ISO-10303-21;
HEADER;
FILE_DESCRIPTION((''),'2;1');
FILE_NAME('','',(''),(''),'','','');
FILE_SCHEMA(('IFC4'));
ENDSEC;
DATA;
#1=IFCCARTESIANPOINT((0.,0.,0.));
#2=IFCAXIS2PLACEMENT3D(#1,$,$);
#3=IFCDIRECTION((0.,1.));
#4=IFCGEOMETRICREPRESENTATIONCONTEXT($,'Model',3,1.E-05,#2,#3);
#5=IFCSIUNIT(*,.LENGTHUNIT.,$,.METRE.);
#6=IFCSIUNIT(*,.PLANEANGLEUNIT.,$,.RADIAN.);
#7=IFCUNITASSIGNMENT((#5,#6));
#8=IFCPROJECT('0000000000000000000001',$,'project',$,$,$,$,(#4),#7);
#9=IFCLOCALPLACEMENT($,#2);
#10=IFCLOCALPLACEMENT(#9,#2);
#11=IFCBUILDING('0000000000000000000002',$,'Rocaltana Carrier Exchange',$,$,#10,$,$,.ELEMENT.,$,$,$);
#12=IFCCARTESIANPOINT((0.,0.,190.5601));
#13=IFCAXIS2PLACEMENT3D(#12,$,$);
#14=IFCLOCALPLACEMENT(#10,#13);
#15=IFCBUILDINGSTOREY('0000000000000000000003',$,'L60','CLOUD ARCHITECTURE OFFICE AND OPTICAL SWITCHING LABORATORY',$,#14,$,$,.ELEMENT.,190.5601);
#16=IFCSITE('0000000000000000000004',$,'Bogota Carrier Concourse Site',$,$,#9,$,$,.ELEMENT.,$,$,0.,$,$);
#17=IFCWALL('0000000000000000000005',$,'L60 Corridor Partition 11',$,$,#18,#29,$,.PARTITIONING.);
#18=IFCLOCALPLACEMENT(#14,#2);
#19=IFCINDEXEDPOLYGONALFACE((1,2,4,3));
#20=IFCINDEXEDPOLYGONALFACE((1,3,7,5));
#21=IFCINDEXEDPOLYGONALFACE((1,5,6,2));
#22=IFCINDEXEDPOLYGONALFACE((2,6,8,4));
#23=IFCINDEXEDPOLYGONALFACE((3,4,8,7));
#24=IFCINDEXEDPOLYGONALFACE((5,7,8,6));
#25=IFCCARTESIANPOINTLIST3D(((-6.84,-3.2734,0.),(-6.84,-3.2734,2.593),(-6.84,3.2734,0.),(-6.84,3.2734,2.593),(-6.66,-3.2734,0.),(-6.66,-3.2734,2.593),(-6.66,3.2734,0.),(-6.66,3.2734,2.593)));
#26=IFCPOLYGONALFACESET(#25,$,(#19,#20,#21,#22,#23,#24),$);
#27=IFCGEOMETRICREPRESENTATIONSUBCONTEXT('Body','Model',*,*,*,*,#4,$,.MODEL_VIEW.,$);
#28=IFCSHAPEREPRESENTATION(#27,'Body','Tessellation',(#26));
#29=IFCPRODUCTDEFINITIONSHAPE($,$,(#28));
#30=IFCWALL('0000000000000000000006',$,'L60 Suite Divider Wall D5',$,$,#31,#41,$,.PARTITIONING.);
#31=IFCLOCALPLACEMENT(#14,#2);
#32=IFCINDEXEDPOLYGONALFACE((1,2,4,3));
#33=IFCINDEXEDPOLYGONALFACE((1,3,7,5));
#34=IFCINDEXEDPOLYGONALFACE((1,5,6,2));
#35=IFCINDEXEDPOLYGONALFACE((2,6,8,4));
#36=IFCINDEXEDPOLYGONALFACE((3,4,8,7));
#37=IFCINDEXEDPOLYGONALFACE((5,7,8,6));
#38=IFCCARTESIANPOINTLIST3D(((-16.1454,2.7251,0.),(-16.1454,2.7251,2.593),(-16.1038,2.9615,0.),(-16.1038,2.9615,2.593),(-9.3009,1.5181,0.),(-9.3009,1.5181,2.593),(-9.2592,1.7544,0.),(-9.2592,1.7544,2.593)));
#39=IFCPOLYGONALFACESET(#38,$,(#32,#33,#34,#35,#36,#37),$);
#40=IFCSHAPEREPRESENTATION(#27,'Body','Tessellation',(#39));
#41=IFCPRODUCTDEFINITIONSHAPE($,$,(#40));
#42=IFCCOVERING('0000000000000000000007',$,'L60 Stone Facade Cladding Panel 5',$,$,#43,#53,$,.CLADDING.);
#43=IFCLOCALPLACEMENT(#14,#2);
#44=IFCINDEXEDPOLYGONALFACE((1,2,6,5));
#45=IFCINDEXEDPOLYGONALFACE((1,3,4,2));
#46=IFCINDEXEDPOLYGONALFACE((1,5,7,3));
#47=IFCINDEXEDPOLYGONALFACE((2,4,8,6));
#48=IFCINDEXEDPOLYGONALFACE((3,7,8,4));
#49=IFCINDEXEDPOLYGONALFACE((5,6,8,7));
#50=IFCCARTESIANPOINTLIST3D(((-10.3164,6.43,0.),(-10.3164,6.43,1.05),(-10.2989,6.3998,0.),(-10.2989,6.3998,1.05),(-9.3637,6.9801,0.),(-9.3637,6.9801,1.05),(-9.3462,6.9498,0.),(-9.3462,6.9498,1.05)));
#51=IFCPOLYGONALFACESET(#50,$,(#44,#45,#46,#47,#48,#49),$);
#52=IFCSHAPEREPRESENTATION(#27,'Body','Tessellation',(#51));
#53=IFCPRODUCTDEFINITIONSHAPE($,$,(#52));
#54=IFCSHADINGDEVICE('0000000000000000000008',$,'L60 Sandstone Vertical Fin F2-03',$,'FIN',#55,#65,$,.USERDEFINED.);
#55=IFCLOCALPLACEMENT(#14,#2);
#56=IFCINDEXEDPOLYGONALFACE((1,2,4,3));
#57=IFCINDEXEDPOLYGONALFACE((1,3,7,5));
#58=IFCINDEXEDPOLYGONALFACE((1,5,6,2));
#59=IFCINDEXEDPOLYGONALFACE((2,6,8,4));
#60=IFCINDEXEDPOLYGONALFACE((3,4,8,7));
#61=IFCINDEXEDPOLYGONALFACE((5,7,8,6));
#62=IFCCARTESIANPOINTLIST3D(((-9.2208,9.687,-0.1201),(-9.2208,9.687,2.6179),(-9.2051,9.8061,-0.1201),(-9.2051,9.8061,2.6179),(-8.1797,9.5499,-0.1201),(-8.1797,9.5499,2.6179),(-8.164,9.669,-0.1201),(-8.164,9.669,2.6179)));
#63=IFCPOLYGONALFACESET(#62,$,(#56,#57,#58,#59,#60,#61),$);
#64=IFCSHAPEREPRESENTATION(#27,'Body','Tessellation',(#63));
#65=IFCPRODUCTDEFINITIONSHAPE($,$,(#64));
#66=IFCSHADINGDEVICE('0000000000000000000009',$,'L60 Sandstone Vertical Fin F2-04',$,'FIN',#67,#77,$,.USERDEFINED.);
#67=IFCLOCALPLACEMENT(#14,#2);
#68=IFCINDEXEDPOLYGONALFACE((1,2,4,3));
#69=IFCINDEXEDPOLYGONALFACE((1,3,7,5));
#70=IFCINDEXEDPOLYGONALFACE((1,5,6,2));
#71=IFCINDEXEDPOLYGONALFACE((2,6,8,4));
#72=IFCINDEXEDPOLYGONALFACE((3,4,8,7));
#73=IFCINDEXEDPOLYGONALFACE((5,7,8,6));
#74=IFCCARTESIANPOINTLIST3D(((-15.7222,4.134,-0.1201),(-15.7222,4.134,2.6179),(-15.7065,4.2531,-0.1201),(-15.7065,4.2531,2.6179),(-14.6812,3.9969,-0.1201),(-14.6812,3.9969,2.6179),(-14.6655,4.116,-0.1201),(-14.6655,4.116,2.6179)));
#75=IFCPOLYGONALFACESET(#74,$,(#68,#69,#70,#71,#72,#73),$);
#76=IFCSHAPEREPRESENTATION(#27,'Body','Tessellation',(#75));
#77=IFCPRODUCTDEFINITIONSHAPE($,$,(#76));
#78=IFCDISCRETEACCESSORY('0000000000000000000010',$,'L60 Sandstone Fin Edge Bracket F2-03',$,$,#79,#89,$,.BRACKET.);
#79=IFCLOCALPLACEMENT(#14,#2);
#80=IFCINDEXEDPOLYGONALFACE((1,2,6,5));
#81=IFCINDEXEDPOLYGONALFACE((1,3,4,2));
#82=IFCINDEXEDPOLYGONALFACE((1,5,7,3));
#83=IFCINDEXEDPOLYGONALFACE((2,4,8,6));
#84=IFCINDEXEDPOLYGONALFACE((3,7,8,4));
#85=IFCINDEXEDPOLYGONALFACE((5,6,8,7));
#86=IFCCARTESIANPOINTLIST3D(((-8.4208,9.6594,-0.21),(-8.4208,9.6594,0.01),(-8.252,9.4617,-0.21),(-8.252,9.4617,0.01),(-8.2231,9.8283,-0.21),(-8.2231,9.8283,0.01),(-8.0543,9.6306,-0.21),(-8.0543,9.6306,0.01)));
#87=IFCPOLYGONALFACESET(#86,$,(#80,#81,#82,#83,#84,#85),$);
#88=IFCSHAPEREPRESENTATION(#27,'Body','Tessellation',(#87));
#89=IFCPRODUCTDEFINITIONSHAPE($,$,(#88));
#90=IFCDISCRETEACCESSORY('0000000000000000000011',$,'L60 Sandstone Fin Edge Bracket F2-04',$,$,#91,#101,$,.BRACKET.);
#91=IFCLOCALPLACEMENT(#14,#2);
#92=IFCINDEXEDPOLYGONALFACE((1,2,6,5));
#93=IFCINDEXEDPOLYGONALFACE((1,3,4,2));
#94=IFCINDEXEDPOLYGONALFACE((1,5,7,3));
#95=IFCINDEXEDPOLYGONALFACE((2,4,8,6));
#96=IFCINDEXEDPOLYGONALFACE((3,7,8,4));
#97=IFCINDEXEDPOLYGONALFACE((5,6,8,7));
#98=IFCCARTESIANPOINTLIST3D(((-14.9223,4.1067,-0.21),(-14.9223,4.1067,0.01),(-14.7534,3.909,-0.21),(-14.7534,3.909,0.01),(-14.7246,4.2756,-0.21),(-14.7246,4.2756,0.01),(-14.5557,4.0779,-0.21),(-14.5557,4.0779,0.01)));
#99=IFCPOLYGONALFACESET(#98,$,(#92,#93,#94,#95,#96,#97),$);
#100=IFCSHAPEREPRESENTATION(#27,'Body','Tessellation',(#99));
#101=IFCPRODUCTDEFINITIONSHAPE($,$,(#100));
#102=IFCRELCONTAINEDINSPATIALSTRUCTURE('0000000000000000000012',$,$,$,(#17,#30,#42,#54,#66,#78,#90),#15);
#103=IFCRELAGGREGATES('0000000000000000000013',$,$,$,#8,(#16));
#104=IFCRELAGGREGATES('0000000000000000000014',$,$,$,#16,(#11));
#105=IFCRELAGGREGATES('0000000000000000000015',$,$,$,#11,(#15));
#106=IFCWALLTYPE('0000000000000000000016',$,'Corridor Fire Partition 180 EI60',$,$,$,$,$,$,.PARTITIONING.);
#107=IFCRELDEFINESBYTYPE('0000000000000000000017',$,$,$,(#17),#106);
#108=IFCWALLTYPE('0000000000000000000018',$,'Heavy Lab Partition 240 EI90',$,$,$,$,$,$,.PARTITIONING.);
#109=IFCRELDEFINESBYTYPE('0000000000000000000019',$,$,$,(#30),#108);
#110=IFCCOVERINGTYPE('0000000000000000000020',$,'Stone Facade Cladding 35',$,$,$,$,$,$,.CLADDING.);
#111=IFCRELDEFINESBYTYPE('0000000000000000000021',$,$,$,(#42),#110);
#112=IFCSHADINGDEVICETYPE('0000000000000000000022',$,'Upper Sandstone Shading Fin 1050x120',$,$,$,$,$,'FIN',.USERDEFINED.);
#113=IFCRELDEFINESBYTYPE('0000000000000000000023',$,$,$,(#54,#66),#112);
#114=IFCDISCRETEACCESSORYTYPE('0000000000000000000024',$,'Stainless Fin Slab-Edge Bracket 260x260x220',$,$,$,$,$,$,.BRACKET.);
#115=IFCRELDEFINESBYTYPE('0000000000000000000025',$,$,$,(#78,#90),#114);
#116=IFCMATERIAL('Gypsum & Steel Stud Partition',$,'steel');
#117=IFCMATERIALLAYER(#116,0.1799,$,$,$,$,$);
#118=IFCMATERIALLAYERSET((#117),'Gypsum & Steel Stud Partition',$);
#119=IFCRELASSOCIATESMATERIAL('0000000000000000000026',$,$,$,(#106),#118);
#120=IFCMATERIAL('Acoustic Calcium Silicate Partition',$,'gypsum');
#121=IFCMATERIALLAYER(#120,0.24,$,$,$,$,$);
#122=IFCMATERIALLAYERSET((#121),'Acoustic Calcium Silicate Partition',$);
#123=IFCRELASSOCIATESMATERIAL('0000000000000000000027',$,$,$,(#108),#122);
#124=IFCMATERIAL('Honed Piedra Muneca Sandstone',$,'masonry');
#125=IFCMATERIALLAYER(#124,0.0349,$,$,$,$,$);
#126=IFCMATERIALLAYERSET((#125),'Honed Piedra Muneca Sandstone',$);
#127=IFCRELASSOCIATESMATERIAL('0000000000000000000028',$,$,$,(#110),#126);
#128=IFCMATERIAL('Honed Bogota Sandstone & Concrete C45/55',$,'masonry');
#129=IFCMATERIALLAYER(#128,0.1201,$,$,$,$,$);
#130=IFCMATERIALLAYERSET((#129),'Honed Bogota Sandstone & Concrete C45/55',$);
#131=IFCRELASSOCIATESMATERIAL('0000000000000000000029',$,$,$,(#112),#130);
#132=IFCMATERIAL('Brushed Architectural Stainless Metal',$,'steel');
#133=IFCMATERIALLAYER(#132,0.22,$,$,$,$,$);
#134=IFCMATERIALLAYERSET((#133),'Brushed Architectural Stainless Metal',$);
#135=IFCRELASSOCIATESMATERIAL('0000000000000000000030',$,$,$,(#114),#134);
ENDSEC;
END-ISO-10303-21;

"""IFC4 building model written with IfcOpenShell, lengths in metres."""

from ifc_helpers import new_model, si_unit, direction, frame, frame_2d, origin, origin_2d, place, context, subcontext, project, spatial, rectangle, extrude, material, layer, layer_set, type_object, element, save


model = new_model("IFC4")

# Units and contexts
model_context = context("Model", 3, precision=1e-05, world=origin(), true_north=direction((0.0, 1.0)))
body_context = subcontext(model_context, "Body", "Model", "MODEL_VIEW")
ifc_project = project(units=[si_unit("LENGTHUNIT", "METRE"), si_unit("PLANEANGLEUNIT", "RADIAN")], contexts=[model_context])

# Site, building, storey
site_placement = place(None, origin())
site = spatial("IfcSite", under=ifc_project, at=site_placement, Name="Bogota Carrier Concourse Site", CompositionType="ELEMENT", RefElevation=0.0)
building_placement = place(site_placement, origin())
building = spatial("IfcBuilding", under=site, at=building_placement, Name="Rocaltana Carrier Exchange", CompositionType="ELEMENT")
storey_placement = place(building_placement, frame((0.0, 0.0, 190.5601)))
storey = spatial("IfcBuildingStorey", under=building, at=storey_placement, Name="L60", Description="CLOUD ARCHITECTURE OFFICE AND OPTICAL SWITCHING LABORATORY", CompositionType="ELEMENT", Elevation=190.5601)

# Shared definitions
ifc_material_1 = material(Name="Gypsum & Steel Stud Partition", Category="steel")
ifc_layer_1 = layer(ifc_material_1, 0.1799)
ifc_layer_set_1 = layer_set([ifc_layer_1], Name="Gypsum & Steel Stud Partition")
wall_type_1 = type_object("IfcWallType", Name="Corridor Fire Partition 180 EI60", PredefinedType="PARTITIONING", material=ifc_layer_set_1)

# Walls
wall_1_placement = place(storey_placement, frame((-6.75, 3.2734, 0.0), z_axis=(0.0, 0.0, 1.0), x_axis=(0.0, -1.0, 0.0)))
element("IfcWall", 1, at=wall_1_placement, inside=storey, type_object=wall_type_1, Name="L60 Corridor Partition 11", PredefinedType="PARTITIONING", context=body_context, shape_type="SweptSolid", body=[
    extrude(rectangle(XDim=6.5469, YDim=0.1799, at=frame_2d((3.2734, 0.0))), origin(), (0.0, 0.0, 1.0), 2.593),
])
ifc_material_2 = material(Name="Acoustic Calcium Silicate Partition", Category="gypsum")
ifc_layer_2 = layer(ifc_material_2, 0.24)
ifc_layer_set_2 = layer_set([ifc_layer_2], Name="Acoustic Calcium Silicate Partition")
wall_type_2 = type_object("IfcWallType", Name="Heavy Lab Partition 240 EI90", PredefinedType="PARTITIONING", material=ifc_layer_set_2)
wall_2_placement = place(storey_placement, frame((-9.28, 1.6362, 0.0), z_axis=(0.0, 0.0, 1.0), x_axis=(-0.984804, 0.173671, 0.0)))
element("IfcWall", 2, at=wall_2_placement, inside=storey, type_object=wall_type_2, Name="L60 Suite Divider Wall D5", PredefinedType="PARTITIONING", context=body_context, shape_type="SweptSolid", body=[
    extrude(rectangle(XDim=6.9502, YDim=0.24, at=frame_2d((3.4751, 0.0))), origin(), (0.0, 0.0, 1.0), 2.593),
])

# Covering
ifc_material_3 = material(Name="Honed Piedra Muneca Sandstone", Category="masonry")
ifc_layer_3 = layer(ifc_material_3, 0.0349)
ifc_layer_set_3 = layer_set([ifc_layer_3], Name="Honed Piedra Muneca Sandstone")
covering_type = type_object("IfcCoveringType", Name="Stone Facade Cladding 35", PredefinedType="CLADDING", material=ifc_layer_set_3)
covering_placement = place(storey_placement, frame((-9.8313, 6.6899, 0.0), z_axis=(0.0, 0.0, 1.0), x_axis=(0.866025, 0.5, 0.0)))
element("IfcCovering", 3, at=covering_placement, inside=storey, type_object=covering_type, Name="L60 Stone Facade Cladding Panel 5", PredefinedType="CLADDING", context=body_context, shape_type="SweptSolid", body=[
    extrude(rectangle(XDim=1.1001, YDim=0.0349, at=origin_2d()), origin(), (0.0, 0.0, 1.0), 1.05),
])

# Shading devices
ifc_material_4 = material(Name="Honed Bogota Sandstone & Concrete C45/55", Category="masonry")
ifc_layer_4 = layer(ifc_material_4, 0.1201)
ifc_layer_set_4 = layer_set([ifc_layer_4], Name="Honed Bogota Sandstone & Concrete C45/55")
shading_device_type = type_object("IfcShadingDeviceType", Name="Upper Sandstone Shading Fin 1050x120", ElementType="FIN", PredefinedType="USERDEFINED", material=ifc_layer_set_4)
for number, where, z_axis, x_axis, name in (
    (4, (-8.6924, 9.678, -0.1201), (0.0, 0.0, 1.0), (-0.991445, 0.130526, 0.0), "L60 Sandstone Vertical Fin F2-03"),
    (5, (-15.1938, 4.125, -0.1201), (0.0, 0.0, 1.0), (-0.991445, 0.130526, 0.0), "L60 Sandstone Vertical Fin F2-04"),
):
    element("IfcShadingDevice", number, at=place(storey_placement, frame(where, z_axis=z_axis, x_axis=x_axis)), inside=storey, type_object=shading_device_type, Name=name, ObjectType="FIN", PredefinedType="USERDEFINED", context=body_context, shape_type="SweptSolid", body=[
        extrude(rectangle(XDim=1.05, YDim=0.1201, at=origin_2d()), origin(), (0.0, 0.0, 1.0), 2.738),
    ])

# Discrete accessories
ifc_material_5 = material(Name="Brushed Architectural Stainless Metal", Category="steel")
ifc_layer_5 = layer(ifc_material_5, 0.22)
ifc_layer_set_5 = layer_set([ifc_layer_5], Name="Brushed Architectural Stainless Metal")
discrete_accessory_type = type_object("IfcDiscreteAccessoryType", Name="Stainless Fin Slab-Edge Bracket 260x260x220", PredefinedType="BRACKET", material=ifc_layer_set_5)
for number, where, z_axis, x_axis, name in (
    (6, (-8.2375, 9.645, -0.21), (0.0, 0.0, 1.0), (-0.760406, -0.649448, 0.0), "L60 Sandstone Fin Edge Bracket F2-03"),
    (7, (-14.739, 4.0923, -0.21), (0.0, 0.0, 1.0), (-0.760406, -0.649448, 0.0), "L60 Sandstone Fin Edge Bracket F2-04"),
):
    element("IfcDiscreteAccessory", number, at=place(storey_placement, frame(where, z_axis=z_axis, x_axis=x_axis)), inside=storey, type_object=discrete_accessory_type, Name=name, PredefinedType="BRACKET", context=body_context, shape_type="SweptSolid", body=[
        extrude(rectangle(XDim=0.26, YDim=0.26, at=origin_2d()), origin(), (0.0, 0.0, 1.0), 0.22),
    ])

save(model, "model.ifc")
